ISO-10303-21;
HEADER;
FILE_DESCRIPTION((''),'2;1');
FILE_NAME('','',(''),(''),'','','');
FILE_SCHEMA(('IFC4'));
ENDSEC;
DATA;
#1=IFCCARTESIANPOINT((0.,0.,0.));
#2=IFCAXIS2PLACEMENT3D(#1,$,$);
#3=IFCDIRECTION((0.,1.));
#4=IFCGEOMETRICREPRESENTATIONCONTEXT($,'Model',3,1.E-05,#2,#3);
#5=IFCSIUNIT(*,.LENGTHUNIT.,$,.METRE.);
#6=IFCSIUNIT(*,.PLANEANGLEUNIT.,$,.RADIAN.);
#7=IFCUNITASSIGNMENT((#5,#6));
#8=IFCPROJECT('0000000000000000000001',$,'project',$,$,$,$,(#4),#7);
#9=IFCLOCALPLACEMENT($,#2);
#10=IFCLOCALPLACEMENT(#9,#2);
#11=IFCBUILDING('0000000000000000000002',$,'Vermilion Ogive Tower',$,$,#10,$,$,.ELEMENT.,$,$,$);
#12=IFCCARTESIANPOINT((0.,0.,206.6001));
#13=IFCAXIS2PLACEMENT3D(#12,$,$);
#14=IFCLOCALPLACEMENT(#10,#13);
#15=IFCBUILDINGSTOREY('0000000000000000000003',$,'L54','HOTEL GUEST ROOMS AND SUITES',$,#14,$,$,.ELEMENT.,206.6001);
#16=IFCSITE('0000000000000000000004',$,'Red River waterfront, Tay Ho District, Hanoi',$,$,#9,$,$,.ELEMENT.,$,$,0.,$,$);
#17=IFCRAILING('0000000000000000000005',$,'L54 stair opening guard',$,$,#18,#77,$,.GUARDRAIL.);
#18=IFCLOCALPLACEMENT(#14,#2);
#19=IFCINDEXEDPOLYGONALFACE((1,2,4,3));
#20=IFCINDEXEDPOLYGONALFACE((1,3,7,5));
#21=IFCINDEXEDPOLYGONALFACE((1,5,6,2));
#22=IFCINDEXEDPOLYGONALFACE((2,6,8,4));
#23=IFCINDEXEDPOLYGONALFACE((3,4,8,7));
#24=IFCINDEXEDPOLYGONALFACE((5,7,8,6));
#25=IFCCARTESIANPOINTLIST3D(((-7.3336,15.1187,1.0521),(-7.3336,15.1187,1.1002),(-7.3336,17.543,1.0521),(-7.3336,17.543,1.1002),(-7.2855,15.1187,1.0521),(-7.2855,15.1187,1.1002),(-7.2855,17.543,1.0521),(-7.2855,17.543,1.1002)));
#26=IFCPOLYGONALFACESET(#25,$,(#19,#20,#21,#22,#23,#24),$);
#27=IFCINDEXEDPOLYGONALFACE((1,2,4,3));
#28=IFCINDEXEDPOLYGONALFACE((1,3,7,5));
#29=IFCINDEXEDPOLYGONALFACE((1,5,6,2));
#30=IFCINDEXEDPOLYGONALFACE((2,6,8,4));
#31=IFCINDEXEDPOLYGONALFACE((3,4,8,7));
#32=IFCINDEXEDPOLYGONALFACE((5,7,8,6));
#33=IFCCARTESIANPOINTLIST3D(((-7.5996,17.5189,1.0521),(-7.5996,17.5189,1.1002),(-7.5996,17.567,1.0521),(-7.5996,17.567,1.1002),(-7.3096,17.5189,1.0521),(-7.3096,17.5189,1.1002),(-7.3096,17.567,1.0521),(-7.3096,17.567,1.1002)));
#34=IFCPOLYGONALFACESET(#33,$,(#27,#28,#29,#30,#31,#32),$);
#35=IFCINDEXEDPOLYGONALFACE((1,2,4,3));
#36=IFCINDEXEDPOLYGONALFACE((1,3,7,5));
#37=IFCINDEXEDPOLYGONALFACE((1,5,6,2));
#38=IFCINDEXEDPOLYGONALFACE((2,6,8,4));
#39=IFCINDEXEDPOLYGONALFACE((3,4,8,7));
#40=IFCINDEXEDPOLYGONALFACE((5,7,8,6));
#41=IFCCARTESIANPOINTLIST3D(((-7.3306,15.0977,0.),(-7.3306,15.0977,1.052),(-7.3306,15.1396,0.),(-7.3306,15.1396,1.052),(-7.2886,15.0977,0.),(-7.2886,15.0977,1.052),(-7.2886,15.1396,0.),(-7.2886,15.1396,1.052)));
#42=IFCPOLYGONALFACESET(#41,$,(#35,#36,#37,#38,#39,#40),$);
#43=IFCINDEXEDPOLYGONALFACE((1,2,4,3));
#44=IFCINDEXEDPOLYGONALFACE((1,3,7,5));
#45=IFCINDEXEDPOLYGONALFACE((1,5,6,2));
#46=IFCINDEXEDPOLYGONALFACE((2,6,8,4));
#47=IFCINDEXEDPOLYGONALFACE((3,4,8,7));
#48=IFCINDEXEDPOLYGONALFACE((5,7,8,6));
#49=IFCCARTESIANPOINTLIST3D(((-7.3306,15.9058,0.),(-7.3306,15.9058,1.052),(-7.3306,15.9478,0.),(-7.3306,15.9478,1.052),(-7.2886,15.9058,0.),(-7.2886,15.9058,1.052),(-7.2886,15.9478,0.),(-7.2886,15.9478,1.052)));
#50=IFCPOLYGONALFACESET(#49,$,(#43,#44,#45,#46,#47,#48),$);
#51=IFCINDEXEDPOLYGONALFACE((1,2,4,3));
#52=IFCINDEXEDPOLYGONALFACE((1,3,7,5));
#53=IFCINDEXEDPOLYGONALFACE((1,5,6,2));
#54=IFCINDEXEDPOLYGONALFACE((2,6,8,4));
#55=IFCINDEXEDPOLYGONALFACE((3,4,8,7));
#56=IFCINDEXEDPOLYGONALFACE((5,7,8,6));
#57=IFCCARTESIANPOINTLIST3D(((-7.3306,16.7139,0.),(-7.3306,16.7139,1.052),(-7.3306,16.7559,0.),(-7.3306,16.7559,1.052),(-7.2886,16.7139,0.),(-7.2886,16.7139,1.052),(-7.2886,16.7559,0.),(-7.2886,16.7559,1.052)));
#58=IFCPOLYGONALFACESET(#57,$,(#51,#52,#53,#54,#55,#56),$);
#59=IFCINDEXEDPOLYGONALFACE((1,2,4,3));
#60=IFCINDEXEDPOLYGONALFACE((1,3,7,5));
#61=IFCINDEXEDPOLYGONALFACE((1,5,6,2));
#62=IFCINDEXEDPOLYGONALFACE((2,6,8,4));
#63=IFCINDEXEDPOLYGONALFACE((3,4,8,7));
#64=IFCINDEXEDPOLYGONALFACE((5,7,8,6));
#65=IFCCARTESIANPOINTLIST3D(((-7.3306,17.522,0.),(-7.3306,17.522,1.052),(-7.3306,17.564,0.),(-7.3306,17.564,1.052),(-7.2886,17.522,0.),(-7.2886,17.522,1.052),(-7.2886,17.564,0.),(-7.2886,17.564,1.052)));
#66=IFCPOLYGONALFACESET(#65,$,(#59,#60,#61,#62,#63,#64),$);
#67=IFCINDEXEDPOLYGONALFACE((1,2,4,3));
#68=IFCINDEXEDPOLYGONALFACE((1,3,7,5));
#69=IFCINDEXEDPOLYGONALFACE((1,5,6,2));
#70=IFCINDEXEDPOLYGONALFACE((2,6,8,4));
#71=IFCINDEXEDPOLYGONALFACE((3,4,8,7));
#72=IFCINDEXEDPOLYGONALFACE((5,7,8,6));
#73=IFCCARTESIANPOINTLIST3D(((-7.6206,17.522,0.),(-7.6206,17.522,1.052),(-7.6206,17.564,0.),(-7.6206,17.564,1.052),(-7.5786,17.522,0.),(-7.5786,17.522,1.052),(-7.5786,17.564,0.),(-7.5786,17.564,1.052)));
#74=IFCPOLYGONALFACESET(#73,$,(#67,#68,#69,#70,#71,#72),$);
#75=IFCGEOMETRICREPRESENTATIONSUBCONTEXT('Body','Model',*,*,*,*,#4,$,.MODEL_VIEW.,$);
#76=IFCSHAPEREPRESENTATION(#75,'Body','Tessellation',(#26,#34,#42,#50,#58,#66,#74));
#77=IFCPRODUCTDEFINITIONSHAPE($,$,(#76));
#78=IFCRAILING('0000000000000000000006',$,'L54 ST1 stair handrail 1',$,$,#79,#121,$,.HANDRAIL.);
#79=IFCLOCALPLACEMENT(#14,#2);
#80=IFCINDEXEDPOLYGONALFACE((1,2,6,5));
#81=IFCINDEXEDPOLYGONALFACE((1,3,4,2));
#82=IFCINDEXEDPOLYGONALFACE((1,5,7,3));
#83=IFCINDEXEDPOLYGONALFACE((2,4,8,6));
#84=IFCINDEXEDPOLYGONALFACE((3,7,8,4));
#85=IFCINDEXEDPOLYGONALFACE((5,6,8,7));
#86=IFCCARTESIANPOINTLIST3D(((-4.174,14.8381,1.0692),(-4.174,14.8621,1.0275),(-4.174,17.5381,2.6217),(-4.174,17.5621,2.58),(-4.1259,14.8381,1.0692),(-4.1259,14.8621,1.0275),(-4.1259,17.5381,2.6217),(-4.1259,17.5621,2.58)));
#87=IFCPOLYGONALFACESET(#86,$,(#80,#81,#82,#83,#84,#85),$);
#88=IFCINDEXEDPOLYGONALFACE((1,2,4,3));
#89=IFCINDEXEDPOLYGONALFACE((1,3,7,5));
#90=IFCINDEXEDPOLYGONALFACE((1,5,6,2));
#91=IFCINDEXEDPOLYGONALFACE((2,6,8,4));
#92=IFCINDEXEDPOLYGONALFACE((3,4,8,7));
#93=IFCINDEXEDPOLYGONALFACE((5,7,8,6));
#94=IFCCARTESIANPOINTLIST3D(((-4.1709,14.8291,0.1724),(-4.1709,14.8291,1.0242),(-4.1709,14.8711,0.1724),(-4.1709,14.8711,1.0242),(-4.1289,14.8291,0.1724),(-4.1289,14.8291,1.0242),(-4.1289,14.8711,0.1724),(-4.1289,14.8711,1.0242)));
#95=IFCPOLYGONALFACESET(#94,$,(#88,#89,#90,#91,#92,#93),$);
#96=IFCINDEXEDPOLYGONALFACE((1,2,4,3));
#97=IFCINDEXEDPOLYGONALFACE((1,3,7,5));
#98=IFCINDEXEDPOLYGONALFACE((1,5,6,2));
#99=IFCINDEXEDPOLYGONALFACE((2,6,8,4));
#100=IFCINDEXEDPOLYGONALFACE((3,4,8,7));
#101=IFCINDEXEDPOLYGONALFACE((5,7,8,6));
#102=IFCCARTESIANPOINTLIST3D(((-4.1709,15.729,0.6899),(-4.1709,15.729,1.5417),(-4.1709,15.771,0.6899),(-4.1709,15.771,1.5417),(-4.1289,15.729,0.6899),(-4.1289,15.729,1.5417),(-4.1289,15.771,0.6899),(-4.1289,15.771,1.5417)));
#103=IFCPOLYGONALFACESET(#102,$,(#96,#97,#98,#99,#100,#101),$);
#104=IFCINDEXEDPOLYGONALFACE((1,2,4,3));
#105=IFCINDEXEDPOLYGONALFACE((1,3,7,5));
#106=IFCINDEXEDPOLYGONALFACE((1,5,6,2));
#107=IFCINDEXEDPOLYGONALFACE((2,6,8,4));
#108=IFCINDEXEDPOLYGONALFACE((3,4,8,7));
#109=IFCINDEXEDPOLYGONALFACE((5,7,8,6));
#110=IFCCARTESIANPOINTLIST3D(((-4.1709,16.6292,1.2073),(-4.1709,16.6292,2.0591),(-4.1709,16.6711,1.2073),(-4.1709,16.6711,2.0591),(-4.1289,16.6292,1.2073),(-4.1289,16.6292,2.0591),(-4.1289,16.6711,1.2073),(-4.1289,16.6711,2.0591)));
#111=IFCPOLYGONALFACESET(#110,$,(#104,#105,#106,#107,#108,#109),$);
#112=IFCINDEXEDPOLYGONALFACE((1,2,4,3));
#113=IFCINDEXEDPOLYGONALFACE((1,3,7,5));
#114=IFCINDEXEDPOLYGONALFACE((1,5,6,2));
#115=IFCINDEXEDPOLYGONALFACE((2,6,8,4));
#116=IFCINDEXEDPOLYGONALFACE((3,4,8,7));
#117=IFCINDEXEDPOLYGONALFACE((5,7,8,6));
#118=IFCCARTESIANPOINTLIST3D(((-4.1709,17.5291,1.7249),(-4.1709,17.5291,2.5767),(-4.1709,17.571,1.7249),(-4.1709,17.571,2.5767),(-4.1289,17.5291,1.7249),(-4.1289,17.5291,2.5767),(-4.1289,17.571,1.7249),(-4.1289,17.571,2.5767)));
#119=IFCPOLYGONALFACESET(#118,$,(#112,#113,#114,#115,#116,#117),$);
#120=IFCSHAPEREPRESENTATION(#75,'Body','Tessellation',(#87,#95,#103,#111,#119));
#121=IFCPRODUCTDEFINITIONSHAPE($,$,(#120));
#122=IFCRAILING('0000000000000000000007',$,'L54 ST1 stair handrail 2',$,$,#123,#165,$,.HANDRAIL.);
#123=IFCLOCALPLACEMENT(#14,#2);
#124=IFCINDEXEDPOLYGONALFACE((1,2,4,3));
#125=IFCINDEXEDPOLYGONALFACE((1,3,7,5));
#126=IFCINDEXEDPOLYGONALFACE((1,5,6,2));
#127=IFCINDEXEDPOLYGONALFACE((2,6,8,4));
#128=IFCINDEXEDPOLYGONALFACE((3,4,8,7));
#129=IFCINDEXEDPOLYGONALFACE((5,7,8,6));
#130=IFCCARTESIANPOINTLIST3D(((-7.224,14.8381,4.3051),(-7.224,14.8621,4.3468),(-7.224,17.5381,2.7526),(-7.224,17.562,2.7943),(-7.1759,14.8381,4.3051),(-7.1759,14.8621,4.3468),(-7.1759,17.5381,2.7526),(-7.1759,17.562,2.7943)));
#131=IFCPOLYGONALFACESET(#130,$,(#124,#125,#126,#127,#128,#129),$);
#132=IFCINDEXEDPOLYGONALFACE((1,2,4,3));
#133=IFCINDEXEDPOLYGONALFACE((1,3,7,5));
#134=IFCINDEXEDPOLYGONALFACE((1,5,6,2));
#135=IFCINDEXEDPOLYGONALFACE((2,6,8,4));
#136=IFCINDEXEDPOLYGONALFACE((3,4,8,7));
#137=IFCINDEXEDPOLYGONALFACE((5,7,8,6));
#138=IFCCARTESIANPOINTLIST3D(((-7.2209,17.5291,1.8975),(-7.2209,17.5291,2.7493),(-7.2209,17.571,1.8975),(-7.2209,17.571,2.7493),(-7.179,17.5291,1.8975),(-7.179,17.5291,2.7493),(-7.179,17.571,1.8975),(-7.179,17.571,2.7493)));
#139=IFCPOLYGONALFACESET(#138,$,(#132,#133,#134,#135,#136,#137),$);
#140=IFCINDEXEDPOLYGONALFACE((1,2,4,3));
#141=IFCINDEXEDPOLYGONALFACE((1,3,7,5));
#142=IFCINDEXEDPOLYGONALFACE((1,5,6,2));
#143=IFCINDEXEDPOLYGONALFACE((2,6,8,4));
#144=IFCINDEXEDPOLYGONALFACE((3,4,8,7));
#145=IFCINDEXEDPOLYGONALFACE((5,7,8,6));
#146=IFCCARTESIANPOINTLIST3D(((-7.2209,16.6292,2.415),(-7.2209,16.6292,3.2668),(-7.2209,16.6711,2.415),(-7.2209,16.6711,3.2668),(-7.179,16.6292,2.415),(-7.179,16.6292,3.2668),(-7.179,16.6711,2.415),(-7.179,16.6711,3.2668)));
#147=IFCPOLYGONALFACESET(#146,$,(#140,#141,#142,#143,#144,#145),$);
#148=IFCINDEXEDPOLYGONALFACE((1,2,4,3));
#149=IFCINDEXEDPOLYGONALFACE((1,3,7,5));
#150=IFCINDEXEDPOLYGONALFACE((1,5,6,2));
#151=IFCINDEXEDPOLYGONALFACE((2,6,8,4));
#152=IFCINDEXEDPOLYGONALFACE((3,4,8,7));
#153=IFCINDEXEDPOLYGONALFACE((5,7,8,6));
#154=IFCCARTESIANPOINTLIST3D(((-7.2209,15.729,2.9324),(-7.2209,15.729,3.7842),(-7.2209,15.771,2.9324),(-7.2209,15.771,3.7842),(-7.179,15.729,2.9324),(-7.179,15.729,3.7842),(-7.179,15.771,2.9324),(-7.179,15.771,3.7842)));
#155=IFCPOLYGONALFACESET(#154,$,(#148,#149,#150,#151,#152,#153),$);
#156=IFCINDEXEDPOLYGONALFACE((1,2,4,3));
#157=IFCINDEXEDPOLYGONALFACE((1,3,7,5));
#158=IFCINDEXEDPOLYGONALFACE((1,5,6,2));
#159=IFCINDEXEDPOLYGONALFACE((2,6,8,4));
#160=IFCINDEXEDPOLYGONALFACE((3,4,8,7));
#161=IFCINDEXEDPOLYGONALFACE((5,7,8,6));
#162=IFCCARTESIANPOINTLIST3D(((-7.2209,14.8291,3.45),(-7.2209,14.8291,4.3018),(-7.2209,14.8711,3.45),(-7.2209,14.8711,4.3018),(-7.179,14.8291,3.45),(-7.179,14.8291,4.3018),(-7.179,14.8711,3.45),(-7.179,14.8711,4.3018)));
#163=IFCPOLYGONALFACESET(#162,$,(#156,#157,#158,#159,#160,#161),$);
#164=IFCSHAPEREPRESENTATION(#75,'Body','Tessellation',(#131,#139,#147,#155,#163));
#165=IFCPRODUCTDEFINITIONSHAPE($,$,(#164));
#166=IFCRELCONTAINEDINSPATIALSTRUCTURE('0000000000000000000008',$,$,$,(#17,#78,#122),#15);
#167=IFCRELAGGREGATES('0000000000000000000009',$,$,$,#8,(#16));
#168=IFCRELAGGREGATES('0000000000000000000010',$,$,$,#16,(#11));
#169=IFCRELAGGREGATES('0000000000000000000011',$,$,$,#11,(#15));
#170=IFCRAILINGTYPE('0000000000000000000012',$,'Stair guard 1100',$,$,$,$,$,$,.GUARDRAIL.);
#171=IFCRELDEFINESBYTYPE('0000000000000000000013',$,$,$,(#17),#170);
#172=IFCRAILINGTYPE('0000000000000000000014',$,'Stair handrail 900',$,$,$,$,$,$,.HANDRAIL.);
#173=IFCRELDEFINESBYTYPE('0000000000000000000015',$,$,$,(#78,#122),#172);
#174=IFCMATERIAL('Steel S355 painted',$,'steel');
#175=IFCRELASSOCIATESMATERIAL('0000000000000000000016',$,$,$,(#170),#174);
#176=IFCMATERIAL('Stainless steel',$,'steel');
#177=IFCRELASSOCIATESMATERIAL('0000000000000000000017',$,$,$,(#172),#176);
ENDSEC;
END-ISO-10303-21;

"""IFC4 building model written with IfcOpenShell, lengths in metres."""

from ifc_helpers import new_model, si_unit, direction, frame, origin, origin_2d, place, context, subcontext, project, spatial, rectangle, extrude, material, type_object, element, save


model = new_model("IFC4")

# Units and contexts
model_context = context("Model", 3, precision=1e-05, world=origin(), true_north=direction((0.0, 1.0)))
body_context = subcontext(model_context, "Body", "Model", "MODEL_VIEW")
ifc_project = project(units=[si_unit("LENGTHUNIT", "METRE"), si_unit("PLANEANGLEUNIT", "RADIAN")], contexts=[model_context])

# Site, building, storey
site_placement = place(None, origin())
site = spatial("IfcSite", under=ifc_project, at=site_placement, Name="Red River waterfront, Tay Ho District, Hanoi", CompositionType="ELEMENT", RefElevation=0.0)
building_placement = place(site_placement, origin())
building = spatial("IfcBuilding", under=site, at=building_placement, Name="Vermilion Ogive Tower", CompositionType="ELEMENT")
storey_placement = place(building_placement, frame((0.0, 0.0, 206.6001)))
storey = spatial("IfcBuildingStorey", under=building, at=storey_placement, Name="L54", Description="HOTEL GUEST ROOMS AND SUITES", CompositionType="ELEMENT", Elevation=206.6001)

# Railings
ifc_material_1 = material(Name="Steel S355 painted", Category="steel")
railing_type_1 = type_object("IfcRailingType", Name="Stair guard 1100", PredefinedType="GUARDRAIL", material=ifc_material_1)
railing_1_placement = place(storey_placement, frame((-7.3096, 15.1187, 0.0)))
element("IfcRailing", 1, at=railing_1_placement, inside=storey, type_object=railing_type_1, Name="L54 stair opening guard", PredefinedType="GUARDRAIL", context=body_context, shape_type="SweptSolid", body=[
    extrude(rectangle(XDim=0.0481, YDim=0.0481, at=origin_2d()), frame((0.0, 0.0, 1.0762), z_axis=(0.0, 1.0, 0.0), x_axis=(-1.0, 0.0, 0.0)), (0.0, 0.0, 1.0), 2.4243),
    extrude(rectangle(XDim=0.0481, YDim=0.0481, at=origin_2d()), frame((0.0, 2.4243, 1.0762), z_axis=(-1.0, 0.0, 0.0), x_axis=(0.0, -1.0, 0.0)), (0.0, 0.0, 1.0), 0.29),
    extrude(rectangle(XDim=0.042, YDim=0.042, at=origin_2d()), origin(), (0.0, 0.0, 1.0), 1.052),
    extrude(rectangle(XDim=0.042, YDim=0.042, at=origin_2d()), frame((0.0, 0.8081, 0.0)), (0.0, 0.0, 1.0), 1.052),
    extrude(rectangle(XDim=0.042, YDim=0.042, at=origin_2d()), frame((0.0, 1.6162, 0.0)), (0.0, 0.0, 1.0), 1.052),
    extrude(rectangle(XDim=0.042, YDim=0.042, at=origin_2d()), frame((0.0, 2.4243, 0.0)), (0.0, 0.0, 1.0), 1.052),
    extrude(rectangle(XDim=0.042, YDim=0.042, at=origin_2d()), frame((-0.29, 2.4243, 0.0)), (0.0, 0.0, 1.0), 1.052),
])
ifc_material_2 = material(Name="Stainless steel", Category="steel")
railing_type_2 = type_object("IfcRailingType", Name="Stair handrail 900", PredefinedType="HANDRAIL", material=ifc_material_2)
railing_2_placement = place(storey_placement, frame((-4.1499, 14.8501, 0.1724)))
element("IfcRailing", 2, at=railing_2_placement, inside=storey, type_object=railing_type_2, Name="L54 ST1 stair handrail 1", PredefinedType="HANDRAIL", context=body_context, shape_type="SweptSolid", body=[
    extrude(rectangle(XDim=0.0481, YDim=0.0481, at=origin_2d()), frame((0.0, 0.0, 0.876), z_axis=(0.0, 0.866904, 0.498476), x_axis=(-1.0, 0.0, 0.0)), (0.0, 0.0, 1.0), 3.1145),
    extrude(rectangle(XDim=0.042, YDim=0.042, at=origin_2d()), origin(), (0.0, 0.0, 1.0), 0.8518),
    extrude(rectangle(XDim=0.042, YDim=0.042, at=origin_2d()), frame((0.0, 0.8999, 0.5176)), (0.0, 0.0, 1.0), 0.8518),
    extrude(rectangle(XDim=0.042, YDim=0.042, at=origin_2d()), frame((0.0, 1.8, 1.0349)), (0.0, 0.0, 1.0), 0.8518),
    extrude(rectangle(XDim=0.042, YDim=0.042, at=origin_2d()), frame((0.0, 2.7, 1.5525)), (0.0, 0.0, 1.0), 0.8518),
])
railing_3_placement = place(storey_placement, frame((-7.2, 17.55, 1.8975)))
element("IfcRailing", 3, at=railing_3_placement, inside=storey, type_object=railing_type_2, Name="L54 ST1 stair handrail 2", PredefinedType="HANDRAIL", context=body_context, shape_type="SweptSolid", body=[
    extrude(rectangle(XDim=0.0481, YDim=0.0481, at=origin_2d()), frame((0.0, 0.0, 0.876), z_axis=(0.0, -0.866904, 0.498476), x_axis=(1.0, 0.0, 0.0)), (0.0, 0.0, 1.0), 3.1145),
    extrude(rectangle(XDim=0.042, YDim=0.042, at=origin_2d()), origin(), (0.0, 0.0, 1.0), 0.8518),
    extrude(rectangle(XDim=0.042, YDim=0.042, at=origin_2d()), frame((0.0, -0.8999, 0.5176)), (0.0, 0.0, 1.0), 0.8518),
    extrude(rectangle(XDim=0.042, YDim=0.042, at=origin_2d()), frame((0.0, -1.8, 1.0349)), (0.0, 0.0, 1.0), 0.8518),
    extrude(rectangle(XDim=0.042, YDim=0.042, at=origin_2d()), frame((0.0, -2.7, 1.5525)), (0.0, 0.0, 1.0), 0.8518),
])

save(model, "model.ifc")
